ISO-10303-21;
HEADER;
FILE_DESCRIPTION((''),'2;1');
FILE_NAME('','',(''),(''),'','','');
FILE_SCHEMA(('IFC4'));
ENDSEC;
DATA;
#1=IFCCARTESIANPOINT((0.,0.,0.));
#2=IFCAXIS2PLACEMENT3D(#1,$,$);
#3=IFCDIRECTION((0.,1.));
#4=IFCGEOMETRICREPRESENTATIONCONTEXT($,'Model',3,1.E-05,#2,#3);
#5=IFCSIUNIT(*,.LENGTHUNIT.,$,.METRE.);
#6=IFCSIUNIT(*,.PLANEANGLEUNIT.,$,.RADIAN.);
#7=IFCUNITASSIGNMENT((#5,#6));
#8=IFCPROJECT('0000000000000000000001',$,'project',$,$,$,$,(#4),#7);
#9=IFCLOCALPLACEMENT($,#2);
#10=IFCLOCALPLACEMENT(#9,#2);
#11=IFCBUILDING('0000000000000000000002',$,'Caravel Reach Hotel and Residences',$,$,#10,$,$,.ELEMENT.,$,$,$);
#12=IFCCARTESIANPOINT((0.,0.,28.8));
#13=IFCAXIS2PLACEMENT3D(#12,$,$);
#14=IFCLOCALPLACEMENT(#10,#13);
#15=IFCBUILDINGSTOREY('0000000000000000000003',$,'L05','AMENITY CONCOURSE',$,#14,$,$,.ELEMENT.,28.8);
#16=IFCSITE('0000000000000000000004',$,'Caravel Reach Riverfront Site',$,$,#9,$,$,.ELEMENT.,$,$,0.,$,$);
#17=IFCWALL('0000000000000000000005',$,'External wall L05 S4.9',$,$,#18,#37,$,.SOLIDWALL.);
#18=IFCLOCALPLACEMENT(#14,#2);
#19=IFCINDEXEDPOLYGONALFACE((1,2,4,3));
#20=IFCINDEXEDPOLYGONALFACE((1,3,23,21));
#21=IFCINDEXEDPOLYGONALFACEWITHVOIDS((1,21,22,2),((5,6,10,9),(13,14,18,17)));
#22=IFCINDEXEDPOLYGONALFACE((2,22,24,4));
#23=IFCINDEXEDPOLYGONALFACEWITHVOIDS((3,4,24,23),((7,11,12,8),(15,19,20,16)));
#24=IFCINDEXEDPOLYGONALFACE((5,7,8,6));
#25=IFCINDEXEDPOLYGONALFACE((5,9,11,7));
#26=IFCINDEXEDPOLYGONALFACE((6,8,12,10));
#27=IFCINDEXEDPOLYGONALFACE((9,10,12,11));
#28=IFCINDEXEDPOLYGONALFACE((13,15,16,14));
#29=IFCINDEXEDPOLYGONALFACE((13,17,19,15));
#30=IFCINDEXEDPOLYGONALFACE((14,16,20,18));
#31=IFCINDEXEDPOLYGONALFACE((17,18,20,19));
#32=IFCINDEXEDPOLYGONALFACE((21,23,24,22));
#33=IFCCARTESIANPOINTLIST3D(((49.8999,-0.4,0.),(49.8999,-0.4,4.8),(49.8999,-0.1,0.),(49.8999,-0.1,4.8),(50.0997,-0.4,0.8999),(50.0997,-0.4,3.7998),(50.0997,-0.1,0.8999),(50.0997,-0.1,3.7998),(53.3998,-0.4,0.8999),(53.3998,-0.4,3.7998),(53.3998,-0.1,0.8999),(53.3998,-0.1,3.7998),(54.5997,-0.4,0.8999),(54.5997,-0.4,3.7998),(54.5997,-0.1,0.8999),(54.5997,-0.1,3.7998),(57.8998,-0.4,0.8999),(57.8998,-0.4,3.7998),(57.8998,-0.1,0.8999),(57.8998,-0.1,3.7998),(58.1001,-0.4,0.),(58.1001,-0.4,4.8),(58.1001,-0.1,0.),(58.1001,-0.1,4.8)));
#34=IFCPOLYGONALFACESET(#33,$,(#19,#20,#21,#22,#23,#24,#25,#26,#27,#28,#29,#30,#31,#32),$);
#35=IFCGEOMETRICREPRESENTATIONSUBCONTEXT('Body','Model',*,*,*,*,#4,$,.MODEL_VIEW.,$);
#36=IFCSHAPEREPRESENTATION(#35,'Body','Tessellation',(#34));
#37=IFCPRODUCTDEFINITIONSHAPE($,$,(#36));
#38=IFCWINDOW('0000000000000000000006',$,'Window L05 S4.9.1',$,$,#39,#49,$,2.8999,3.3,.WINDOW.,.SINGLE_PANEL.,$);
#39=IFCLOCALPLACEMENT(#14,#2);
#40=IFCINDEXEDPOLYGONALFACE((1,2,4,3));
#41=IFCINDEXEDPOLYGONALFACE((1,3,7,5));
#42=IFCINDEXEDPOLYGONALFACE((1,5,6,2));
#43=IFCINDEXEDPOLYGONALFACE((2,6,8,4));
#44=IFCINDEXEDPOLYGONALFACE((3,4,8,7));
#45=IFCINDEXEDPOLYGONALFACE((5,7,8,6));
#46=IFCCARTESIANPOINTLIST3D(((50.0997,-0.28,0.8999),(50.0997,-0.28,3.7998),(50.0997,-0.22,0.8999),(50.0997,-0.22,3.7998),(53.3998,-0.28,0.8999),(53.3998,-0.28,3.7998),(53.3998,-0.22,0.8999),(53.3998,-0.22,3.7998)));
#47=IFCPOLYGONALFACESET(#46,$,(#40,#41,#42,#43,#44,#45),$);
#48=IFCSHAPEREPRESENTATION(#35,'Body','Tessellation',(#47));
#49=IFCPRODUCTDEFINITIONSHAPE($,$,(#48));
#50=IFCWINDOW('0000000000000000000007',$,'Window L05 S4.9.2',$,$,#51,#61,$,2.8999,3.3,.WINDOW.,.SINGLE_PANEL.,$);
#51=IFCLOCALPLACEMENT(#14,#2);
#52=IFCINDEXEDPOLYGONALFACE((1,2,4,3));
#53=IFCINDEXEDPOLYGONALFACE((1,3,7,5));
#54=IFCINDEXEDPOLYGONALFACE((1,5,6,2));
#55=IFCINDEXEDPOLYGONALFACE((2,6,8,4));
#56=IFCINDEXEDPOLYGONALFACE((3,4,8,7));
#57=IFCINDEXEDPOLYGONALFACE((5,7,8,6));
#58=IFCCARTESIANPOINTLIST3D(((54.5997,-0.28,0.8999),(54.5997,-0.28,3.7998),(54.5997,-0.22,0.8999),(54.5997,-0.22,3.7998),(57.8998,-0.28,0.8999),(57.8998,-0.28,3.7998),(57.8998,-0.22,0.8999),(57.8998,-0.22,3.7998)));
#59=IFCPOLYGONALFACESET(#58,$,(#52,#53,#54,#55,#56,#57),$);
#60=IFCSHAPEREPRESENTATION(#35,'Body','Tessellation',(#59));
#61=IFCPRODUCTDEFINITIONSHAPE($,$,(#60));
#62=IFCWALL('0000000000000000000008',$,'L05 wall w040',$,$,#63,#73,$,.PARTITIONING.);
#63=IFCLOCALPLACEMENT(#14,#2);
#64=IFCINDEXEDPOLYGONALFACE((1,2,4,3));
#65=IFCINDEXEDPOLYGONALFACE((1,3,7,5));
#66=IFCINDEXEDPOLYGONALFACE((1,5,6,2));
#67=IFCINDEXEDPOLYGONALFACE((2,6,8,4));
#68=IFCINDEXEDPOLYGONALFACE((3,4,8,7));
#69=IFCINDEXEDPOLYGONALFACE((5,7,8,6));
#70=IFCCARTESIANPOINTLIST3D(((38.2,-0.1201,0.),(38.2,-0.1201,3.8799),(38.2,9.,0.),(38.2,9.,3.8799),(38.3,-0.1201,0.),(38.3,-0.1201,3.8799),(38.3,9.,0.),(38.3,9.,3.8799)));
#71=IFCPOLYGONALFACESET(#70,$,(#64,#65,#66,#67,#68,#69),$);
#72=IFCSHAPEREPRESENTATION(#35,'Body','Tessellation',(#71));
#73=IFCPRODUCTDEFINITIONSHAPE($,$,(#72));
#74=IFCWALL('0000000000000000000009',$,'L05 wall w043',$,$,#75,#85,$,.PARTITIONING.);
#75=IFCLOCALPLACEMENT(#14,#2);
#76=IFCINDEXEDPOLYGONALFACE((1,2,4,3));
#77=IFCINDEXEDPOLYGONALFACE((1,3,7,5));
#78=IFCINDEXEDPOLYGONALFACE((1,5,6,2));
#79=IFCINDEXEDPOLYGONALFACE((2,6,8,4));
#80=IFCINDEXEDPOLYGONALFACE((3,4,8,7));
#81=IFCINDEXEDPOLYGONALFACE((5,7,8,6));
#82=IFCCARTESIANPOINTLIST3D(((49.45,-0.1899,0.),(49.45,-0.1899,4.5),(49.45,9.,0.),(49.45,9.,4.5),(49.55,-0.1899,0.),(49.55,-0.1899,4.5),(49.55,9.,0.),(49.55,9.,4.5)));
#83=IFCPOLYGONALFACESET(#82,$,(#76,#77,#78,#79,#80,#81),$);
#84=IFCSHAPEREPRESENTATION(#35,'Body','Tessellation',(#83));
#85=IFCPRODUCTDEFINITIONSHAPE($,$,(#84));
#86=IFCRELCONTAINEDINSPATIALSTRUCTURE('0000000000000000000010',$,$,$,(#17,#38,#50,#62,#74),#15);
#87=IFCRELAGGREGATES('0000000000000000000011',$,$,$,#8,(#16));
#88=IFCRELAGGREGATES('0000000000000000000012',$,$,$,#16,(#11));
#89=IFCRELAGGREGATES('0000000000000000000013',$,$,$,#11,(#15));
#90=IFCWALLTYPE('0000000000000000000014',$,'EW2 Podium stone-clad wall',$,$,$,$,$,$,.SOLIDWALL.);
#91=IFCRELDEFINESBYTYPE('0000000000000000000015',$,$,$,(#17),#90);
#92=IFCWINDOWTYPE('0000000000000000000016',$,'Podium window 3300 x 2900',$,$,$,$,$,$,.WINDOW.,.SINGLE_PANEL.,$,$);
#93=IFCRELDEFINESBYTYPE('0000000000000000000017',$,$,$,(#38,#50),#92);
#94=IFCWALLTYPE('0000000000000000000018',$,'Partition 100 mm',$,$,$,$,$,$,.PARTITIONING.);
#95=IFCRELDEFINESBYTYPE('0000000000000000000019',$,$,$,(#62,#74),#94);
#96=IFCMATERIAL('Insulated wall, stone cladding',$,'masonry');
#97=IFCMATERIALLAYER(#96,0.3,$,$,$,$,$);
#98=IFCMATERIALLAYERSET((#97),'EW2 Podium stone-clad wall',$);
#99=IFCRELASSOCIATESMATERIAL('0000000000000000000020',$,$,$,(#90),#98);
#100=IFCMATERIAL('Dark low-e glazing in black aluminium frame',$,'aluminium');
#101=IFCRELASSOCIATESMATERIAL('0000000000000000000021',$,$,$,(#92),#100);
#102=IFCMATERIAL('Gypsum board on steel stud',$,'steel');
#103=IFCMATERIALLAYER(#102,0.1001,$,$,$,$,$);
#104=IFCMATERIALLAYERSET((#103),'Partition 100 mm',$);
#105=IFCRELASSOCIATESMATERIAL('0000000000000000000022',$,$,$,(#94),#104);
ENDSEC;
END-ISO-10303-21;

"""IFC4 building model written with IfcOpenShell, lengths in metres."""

from ifc_helpers import new_model, si_unit, direction, frame, frame_2d, origin, place, context, subcontext, project, spatial, rectangle, extrude, material, layer, layer_set, type_object, element, fill, save


model = new_model("IFC4")

# Units and contexts
model_context = context("Model", 3, precision=1e-05, world=origin(), true_north=direction((0.0, 1.0)))
body_context = subcontext(model_context, "Body", "Model", "MODEL_VIEW")
ifc_project = project(units=[si_unit("LENGTHUNIT", "METRE"), si_unit("PLANEANGLEUNIT", "RADIAN")], contexts=[model_context])

# Site, building, storey
site_placement = place(None, origin())
site = spatial("IfcSite", under=ifc_project, at=site_placement, Name="Caravel Reach Riverfront Site", CompositionType="ELEMENT", RefElevation=0.0)
building_placement = place(site_placement, origin())
building = spatial("IfcBuilding", under=site, at=building_placement, Name="Caravel Reach Hotel and Residences", CompositionType="ELEMENT")
storey_placement = place(building_placement, frame((0.0, 0.0, 28.8)))
storey = spatial("IfcBuildingStorey", under=building, at=storey_placement, Name="L05", Description="AMENITY CONCOURSE", CompositionType="ELEMENT", Elevation=28.8)

# Shared definitions
ifc_material_1 = material(Name="Insulated wall, stone cladding", Category="masonry")
ifc_layer_1 = layer(ifc_material_1, 0.3)
ifc_layer_set_1 = layer_set([ifc_layer_1], Name="EW2 Podium stone-clad wall")
wall_type_1 = type_object("IfcWallType", Name="EW2 Podium stone-clad wall", PredefinedType="SOLIDWALL", material=ifc_layer_set_1)
ifc_material_2 = material(Name="Dark low-e glazing in black aluminium frame", Category="aluminium")
window_type = type_object("IfcWindowType", Name="Podium window 3300 x 2900", PartitioningType="SINGLE_PANEL", PredefinedType="WINDOW", material=ifc_material_2)

# Wall, openings, windows
wall_1_placement = place(storey_placement, frame((49.8999, -0.25, 0.0), z_axis=(0.0, 0.0, 1.0), x_axis=(1.0, 0.0, 0.0)))
wall_1 = element("IfcWall", 1, at=wall_1_placement, inside=storey, type_object=wall_type_1, Name="External wall L05 S4.9", PredefinedType="SOLIDWALL", context=body_context, shape_type="SweptSolid", body=[
    extrude(rectangle(XDim=8.2002, YDim=0.3, at=frame_2d((4.1001, 0.0))), origin(), (0.0, 0.0, 1.0), 4.8),
])
opening_1_placement = place(wall_1_placement, frame((0.2, 0.0, 0.8999)))
opening_1 = element("IfcOpeningElement", 2, at=opening_1_placement, cuts=wall_1, PredefinedType="OPENING", context=body_context, shape_type="SweptSolid", body=[
    extrude(rectangle(XDim=3.3, YDim=2.8999, at=frame_2d((1.6499, 1.45))), frame((0.0, 0.1599, 0.0), z_axis=(0.0, -1.0, 0.0), x_axis=(1.0, 0.0, 0.0)), (0.0, 0.0, 1.0), 0.3201),
])
opening_2_placement = place(wall_1_placement, frame((4.7, 0.0, 0.8999)))
opening_2 = element("IfcOpeningElement", 3, at=opening_2_placement, cuts=wall_1, PredefinedType="OPENING", context=body_context, shape_type="SweptSolid", body=[
    extrude(rectangle(XDim=3.3, YDim=2.8999, at=frame_2d((1.6499, 1.45))), frame((0.0, 0.1599, 0.0), z_axis=(0.0, -1.0, 0.0), x_axis=(1.0, 0.0, 0.0)), (0.0, 0.0, 1.0), 0.3201),
])
window_1_placement = place(opening_1_placement, origin())
window_1 = element("IfcWindow", 4, at=window_1_placement, inside=storey, type_object=window_type, Name="Window L05 S4.9.1", OverallHeight=2.8999, OverallWidth=3.3, PartitioningType="SINGLE_PANEL", PredefinedType="WINDOW", context=body_context, shape_type="SweptSolid", body=[
    extrude(rectangle(XDim=3.3, YDim=2.8999, at=frame_2d((1.6499, 1.45))), frame((0.0, 0.03, 0.0), z_axis=(0.0, -1.0, 0.0), x_axis=(1.0, 0.0, 0.0)), (0.0, 0.0, 1.0), 0.0601),
])
fill(opening_1, window_1)
window_2_placement = place(opening_2_placement, origin())
window_2 = element("IfcWindow", 5, at=window_2_placement, inside=storey, type_object=window_type, Name="Window L05 S4.9.2", OverallHeight=2.8999, OverallWidth=3.3, PartitioningType="SINGLE_PANEL", PredefinedType="WINDOW", context=body_context, shape_type="SweptSolid", body=[
    extrude(rectangle(XDim=3.3, YDim=2.8999, at=frame_2d((1.6499, 1.45))), frame((0.0, 0.03, 0.0), z_axis=(0.0, -1.0, 0.0), x_axis=(1.0, 0.0, 0.0)), (0.0, 0.0, 1.0), 0.0601),
])
fill(opening_2, window_2)

# Walls
ifc_material_3 = material(Name="Gypsum board on steel stud", Category="steel")
ifc_layer_2 = layer(ifc_material_3, 0.1001)
ifc_layer_set_2 = layer_set([ifc_layer_2], Name="Partition 100 mm")
wall_type_2 = type_object("IfcWallType", Name="Partition 100 mm", PredefinedType="PARTITIONING", material=ifc_layer_set_2)
wall_2_placement = place(storey_placement, frame((38.25, -0.1201, 0.0), z_axis=(0.0, 0.0, 1.0), x_axis=(0.0, 1.0, 0.0)))
element("IfcWall", 6, at=wall_2_placement, inside=storey, type_object=wall_type_2, Name="L05 wall w040", PredefinedType="PARTITIONING", context=body_context, shape_type="SweptSolid", body=[
    extrude(rectangle(XDim=9.1201, YDim=0.1001, at=frame_2d((4.5601, 0.0))), origin(), (0.0, 0.0, 1.0), 3.8799),
])
wall_3_placement = place(storey_placement, frame((49.5, -0.1899, 0.0), z_axis=(0.0, 0.0, 1.0), x_axis=(0.0, 1.0, 0.0)))
element("IfcWall", 7, at=wall_3_placement, inside=storey, type_object=wall_type_2, Name="L05 wall w043", PredefinedType="PARTITIONING", context=body_context, shape_type="SweptSolid", body=[
    extrude(rectangle(XDim=9.1899, YDim=0.1001, at=frame_2d((4.595, 0.0))), origin(), (0.0, 0.0, 1.0), 4.5),
])

save(model, "model.ifc")
